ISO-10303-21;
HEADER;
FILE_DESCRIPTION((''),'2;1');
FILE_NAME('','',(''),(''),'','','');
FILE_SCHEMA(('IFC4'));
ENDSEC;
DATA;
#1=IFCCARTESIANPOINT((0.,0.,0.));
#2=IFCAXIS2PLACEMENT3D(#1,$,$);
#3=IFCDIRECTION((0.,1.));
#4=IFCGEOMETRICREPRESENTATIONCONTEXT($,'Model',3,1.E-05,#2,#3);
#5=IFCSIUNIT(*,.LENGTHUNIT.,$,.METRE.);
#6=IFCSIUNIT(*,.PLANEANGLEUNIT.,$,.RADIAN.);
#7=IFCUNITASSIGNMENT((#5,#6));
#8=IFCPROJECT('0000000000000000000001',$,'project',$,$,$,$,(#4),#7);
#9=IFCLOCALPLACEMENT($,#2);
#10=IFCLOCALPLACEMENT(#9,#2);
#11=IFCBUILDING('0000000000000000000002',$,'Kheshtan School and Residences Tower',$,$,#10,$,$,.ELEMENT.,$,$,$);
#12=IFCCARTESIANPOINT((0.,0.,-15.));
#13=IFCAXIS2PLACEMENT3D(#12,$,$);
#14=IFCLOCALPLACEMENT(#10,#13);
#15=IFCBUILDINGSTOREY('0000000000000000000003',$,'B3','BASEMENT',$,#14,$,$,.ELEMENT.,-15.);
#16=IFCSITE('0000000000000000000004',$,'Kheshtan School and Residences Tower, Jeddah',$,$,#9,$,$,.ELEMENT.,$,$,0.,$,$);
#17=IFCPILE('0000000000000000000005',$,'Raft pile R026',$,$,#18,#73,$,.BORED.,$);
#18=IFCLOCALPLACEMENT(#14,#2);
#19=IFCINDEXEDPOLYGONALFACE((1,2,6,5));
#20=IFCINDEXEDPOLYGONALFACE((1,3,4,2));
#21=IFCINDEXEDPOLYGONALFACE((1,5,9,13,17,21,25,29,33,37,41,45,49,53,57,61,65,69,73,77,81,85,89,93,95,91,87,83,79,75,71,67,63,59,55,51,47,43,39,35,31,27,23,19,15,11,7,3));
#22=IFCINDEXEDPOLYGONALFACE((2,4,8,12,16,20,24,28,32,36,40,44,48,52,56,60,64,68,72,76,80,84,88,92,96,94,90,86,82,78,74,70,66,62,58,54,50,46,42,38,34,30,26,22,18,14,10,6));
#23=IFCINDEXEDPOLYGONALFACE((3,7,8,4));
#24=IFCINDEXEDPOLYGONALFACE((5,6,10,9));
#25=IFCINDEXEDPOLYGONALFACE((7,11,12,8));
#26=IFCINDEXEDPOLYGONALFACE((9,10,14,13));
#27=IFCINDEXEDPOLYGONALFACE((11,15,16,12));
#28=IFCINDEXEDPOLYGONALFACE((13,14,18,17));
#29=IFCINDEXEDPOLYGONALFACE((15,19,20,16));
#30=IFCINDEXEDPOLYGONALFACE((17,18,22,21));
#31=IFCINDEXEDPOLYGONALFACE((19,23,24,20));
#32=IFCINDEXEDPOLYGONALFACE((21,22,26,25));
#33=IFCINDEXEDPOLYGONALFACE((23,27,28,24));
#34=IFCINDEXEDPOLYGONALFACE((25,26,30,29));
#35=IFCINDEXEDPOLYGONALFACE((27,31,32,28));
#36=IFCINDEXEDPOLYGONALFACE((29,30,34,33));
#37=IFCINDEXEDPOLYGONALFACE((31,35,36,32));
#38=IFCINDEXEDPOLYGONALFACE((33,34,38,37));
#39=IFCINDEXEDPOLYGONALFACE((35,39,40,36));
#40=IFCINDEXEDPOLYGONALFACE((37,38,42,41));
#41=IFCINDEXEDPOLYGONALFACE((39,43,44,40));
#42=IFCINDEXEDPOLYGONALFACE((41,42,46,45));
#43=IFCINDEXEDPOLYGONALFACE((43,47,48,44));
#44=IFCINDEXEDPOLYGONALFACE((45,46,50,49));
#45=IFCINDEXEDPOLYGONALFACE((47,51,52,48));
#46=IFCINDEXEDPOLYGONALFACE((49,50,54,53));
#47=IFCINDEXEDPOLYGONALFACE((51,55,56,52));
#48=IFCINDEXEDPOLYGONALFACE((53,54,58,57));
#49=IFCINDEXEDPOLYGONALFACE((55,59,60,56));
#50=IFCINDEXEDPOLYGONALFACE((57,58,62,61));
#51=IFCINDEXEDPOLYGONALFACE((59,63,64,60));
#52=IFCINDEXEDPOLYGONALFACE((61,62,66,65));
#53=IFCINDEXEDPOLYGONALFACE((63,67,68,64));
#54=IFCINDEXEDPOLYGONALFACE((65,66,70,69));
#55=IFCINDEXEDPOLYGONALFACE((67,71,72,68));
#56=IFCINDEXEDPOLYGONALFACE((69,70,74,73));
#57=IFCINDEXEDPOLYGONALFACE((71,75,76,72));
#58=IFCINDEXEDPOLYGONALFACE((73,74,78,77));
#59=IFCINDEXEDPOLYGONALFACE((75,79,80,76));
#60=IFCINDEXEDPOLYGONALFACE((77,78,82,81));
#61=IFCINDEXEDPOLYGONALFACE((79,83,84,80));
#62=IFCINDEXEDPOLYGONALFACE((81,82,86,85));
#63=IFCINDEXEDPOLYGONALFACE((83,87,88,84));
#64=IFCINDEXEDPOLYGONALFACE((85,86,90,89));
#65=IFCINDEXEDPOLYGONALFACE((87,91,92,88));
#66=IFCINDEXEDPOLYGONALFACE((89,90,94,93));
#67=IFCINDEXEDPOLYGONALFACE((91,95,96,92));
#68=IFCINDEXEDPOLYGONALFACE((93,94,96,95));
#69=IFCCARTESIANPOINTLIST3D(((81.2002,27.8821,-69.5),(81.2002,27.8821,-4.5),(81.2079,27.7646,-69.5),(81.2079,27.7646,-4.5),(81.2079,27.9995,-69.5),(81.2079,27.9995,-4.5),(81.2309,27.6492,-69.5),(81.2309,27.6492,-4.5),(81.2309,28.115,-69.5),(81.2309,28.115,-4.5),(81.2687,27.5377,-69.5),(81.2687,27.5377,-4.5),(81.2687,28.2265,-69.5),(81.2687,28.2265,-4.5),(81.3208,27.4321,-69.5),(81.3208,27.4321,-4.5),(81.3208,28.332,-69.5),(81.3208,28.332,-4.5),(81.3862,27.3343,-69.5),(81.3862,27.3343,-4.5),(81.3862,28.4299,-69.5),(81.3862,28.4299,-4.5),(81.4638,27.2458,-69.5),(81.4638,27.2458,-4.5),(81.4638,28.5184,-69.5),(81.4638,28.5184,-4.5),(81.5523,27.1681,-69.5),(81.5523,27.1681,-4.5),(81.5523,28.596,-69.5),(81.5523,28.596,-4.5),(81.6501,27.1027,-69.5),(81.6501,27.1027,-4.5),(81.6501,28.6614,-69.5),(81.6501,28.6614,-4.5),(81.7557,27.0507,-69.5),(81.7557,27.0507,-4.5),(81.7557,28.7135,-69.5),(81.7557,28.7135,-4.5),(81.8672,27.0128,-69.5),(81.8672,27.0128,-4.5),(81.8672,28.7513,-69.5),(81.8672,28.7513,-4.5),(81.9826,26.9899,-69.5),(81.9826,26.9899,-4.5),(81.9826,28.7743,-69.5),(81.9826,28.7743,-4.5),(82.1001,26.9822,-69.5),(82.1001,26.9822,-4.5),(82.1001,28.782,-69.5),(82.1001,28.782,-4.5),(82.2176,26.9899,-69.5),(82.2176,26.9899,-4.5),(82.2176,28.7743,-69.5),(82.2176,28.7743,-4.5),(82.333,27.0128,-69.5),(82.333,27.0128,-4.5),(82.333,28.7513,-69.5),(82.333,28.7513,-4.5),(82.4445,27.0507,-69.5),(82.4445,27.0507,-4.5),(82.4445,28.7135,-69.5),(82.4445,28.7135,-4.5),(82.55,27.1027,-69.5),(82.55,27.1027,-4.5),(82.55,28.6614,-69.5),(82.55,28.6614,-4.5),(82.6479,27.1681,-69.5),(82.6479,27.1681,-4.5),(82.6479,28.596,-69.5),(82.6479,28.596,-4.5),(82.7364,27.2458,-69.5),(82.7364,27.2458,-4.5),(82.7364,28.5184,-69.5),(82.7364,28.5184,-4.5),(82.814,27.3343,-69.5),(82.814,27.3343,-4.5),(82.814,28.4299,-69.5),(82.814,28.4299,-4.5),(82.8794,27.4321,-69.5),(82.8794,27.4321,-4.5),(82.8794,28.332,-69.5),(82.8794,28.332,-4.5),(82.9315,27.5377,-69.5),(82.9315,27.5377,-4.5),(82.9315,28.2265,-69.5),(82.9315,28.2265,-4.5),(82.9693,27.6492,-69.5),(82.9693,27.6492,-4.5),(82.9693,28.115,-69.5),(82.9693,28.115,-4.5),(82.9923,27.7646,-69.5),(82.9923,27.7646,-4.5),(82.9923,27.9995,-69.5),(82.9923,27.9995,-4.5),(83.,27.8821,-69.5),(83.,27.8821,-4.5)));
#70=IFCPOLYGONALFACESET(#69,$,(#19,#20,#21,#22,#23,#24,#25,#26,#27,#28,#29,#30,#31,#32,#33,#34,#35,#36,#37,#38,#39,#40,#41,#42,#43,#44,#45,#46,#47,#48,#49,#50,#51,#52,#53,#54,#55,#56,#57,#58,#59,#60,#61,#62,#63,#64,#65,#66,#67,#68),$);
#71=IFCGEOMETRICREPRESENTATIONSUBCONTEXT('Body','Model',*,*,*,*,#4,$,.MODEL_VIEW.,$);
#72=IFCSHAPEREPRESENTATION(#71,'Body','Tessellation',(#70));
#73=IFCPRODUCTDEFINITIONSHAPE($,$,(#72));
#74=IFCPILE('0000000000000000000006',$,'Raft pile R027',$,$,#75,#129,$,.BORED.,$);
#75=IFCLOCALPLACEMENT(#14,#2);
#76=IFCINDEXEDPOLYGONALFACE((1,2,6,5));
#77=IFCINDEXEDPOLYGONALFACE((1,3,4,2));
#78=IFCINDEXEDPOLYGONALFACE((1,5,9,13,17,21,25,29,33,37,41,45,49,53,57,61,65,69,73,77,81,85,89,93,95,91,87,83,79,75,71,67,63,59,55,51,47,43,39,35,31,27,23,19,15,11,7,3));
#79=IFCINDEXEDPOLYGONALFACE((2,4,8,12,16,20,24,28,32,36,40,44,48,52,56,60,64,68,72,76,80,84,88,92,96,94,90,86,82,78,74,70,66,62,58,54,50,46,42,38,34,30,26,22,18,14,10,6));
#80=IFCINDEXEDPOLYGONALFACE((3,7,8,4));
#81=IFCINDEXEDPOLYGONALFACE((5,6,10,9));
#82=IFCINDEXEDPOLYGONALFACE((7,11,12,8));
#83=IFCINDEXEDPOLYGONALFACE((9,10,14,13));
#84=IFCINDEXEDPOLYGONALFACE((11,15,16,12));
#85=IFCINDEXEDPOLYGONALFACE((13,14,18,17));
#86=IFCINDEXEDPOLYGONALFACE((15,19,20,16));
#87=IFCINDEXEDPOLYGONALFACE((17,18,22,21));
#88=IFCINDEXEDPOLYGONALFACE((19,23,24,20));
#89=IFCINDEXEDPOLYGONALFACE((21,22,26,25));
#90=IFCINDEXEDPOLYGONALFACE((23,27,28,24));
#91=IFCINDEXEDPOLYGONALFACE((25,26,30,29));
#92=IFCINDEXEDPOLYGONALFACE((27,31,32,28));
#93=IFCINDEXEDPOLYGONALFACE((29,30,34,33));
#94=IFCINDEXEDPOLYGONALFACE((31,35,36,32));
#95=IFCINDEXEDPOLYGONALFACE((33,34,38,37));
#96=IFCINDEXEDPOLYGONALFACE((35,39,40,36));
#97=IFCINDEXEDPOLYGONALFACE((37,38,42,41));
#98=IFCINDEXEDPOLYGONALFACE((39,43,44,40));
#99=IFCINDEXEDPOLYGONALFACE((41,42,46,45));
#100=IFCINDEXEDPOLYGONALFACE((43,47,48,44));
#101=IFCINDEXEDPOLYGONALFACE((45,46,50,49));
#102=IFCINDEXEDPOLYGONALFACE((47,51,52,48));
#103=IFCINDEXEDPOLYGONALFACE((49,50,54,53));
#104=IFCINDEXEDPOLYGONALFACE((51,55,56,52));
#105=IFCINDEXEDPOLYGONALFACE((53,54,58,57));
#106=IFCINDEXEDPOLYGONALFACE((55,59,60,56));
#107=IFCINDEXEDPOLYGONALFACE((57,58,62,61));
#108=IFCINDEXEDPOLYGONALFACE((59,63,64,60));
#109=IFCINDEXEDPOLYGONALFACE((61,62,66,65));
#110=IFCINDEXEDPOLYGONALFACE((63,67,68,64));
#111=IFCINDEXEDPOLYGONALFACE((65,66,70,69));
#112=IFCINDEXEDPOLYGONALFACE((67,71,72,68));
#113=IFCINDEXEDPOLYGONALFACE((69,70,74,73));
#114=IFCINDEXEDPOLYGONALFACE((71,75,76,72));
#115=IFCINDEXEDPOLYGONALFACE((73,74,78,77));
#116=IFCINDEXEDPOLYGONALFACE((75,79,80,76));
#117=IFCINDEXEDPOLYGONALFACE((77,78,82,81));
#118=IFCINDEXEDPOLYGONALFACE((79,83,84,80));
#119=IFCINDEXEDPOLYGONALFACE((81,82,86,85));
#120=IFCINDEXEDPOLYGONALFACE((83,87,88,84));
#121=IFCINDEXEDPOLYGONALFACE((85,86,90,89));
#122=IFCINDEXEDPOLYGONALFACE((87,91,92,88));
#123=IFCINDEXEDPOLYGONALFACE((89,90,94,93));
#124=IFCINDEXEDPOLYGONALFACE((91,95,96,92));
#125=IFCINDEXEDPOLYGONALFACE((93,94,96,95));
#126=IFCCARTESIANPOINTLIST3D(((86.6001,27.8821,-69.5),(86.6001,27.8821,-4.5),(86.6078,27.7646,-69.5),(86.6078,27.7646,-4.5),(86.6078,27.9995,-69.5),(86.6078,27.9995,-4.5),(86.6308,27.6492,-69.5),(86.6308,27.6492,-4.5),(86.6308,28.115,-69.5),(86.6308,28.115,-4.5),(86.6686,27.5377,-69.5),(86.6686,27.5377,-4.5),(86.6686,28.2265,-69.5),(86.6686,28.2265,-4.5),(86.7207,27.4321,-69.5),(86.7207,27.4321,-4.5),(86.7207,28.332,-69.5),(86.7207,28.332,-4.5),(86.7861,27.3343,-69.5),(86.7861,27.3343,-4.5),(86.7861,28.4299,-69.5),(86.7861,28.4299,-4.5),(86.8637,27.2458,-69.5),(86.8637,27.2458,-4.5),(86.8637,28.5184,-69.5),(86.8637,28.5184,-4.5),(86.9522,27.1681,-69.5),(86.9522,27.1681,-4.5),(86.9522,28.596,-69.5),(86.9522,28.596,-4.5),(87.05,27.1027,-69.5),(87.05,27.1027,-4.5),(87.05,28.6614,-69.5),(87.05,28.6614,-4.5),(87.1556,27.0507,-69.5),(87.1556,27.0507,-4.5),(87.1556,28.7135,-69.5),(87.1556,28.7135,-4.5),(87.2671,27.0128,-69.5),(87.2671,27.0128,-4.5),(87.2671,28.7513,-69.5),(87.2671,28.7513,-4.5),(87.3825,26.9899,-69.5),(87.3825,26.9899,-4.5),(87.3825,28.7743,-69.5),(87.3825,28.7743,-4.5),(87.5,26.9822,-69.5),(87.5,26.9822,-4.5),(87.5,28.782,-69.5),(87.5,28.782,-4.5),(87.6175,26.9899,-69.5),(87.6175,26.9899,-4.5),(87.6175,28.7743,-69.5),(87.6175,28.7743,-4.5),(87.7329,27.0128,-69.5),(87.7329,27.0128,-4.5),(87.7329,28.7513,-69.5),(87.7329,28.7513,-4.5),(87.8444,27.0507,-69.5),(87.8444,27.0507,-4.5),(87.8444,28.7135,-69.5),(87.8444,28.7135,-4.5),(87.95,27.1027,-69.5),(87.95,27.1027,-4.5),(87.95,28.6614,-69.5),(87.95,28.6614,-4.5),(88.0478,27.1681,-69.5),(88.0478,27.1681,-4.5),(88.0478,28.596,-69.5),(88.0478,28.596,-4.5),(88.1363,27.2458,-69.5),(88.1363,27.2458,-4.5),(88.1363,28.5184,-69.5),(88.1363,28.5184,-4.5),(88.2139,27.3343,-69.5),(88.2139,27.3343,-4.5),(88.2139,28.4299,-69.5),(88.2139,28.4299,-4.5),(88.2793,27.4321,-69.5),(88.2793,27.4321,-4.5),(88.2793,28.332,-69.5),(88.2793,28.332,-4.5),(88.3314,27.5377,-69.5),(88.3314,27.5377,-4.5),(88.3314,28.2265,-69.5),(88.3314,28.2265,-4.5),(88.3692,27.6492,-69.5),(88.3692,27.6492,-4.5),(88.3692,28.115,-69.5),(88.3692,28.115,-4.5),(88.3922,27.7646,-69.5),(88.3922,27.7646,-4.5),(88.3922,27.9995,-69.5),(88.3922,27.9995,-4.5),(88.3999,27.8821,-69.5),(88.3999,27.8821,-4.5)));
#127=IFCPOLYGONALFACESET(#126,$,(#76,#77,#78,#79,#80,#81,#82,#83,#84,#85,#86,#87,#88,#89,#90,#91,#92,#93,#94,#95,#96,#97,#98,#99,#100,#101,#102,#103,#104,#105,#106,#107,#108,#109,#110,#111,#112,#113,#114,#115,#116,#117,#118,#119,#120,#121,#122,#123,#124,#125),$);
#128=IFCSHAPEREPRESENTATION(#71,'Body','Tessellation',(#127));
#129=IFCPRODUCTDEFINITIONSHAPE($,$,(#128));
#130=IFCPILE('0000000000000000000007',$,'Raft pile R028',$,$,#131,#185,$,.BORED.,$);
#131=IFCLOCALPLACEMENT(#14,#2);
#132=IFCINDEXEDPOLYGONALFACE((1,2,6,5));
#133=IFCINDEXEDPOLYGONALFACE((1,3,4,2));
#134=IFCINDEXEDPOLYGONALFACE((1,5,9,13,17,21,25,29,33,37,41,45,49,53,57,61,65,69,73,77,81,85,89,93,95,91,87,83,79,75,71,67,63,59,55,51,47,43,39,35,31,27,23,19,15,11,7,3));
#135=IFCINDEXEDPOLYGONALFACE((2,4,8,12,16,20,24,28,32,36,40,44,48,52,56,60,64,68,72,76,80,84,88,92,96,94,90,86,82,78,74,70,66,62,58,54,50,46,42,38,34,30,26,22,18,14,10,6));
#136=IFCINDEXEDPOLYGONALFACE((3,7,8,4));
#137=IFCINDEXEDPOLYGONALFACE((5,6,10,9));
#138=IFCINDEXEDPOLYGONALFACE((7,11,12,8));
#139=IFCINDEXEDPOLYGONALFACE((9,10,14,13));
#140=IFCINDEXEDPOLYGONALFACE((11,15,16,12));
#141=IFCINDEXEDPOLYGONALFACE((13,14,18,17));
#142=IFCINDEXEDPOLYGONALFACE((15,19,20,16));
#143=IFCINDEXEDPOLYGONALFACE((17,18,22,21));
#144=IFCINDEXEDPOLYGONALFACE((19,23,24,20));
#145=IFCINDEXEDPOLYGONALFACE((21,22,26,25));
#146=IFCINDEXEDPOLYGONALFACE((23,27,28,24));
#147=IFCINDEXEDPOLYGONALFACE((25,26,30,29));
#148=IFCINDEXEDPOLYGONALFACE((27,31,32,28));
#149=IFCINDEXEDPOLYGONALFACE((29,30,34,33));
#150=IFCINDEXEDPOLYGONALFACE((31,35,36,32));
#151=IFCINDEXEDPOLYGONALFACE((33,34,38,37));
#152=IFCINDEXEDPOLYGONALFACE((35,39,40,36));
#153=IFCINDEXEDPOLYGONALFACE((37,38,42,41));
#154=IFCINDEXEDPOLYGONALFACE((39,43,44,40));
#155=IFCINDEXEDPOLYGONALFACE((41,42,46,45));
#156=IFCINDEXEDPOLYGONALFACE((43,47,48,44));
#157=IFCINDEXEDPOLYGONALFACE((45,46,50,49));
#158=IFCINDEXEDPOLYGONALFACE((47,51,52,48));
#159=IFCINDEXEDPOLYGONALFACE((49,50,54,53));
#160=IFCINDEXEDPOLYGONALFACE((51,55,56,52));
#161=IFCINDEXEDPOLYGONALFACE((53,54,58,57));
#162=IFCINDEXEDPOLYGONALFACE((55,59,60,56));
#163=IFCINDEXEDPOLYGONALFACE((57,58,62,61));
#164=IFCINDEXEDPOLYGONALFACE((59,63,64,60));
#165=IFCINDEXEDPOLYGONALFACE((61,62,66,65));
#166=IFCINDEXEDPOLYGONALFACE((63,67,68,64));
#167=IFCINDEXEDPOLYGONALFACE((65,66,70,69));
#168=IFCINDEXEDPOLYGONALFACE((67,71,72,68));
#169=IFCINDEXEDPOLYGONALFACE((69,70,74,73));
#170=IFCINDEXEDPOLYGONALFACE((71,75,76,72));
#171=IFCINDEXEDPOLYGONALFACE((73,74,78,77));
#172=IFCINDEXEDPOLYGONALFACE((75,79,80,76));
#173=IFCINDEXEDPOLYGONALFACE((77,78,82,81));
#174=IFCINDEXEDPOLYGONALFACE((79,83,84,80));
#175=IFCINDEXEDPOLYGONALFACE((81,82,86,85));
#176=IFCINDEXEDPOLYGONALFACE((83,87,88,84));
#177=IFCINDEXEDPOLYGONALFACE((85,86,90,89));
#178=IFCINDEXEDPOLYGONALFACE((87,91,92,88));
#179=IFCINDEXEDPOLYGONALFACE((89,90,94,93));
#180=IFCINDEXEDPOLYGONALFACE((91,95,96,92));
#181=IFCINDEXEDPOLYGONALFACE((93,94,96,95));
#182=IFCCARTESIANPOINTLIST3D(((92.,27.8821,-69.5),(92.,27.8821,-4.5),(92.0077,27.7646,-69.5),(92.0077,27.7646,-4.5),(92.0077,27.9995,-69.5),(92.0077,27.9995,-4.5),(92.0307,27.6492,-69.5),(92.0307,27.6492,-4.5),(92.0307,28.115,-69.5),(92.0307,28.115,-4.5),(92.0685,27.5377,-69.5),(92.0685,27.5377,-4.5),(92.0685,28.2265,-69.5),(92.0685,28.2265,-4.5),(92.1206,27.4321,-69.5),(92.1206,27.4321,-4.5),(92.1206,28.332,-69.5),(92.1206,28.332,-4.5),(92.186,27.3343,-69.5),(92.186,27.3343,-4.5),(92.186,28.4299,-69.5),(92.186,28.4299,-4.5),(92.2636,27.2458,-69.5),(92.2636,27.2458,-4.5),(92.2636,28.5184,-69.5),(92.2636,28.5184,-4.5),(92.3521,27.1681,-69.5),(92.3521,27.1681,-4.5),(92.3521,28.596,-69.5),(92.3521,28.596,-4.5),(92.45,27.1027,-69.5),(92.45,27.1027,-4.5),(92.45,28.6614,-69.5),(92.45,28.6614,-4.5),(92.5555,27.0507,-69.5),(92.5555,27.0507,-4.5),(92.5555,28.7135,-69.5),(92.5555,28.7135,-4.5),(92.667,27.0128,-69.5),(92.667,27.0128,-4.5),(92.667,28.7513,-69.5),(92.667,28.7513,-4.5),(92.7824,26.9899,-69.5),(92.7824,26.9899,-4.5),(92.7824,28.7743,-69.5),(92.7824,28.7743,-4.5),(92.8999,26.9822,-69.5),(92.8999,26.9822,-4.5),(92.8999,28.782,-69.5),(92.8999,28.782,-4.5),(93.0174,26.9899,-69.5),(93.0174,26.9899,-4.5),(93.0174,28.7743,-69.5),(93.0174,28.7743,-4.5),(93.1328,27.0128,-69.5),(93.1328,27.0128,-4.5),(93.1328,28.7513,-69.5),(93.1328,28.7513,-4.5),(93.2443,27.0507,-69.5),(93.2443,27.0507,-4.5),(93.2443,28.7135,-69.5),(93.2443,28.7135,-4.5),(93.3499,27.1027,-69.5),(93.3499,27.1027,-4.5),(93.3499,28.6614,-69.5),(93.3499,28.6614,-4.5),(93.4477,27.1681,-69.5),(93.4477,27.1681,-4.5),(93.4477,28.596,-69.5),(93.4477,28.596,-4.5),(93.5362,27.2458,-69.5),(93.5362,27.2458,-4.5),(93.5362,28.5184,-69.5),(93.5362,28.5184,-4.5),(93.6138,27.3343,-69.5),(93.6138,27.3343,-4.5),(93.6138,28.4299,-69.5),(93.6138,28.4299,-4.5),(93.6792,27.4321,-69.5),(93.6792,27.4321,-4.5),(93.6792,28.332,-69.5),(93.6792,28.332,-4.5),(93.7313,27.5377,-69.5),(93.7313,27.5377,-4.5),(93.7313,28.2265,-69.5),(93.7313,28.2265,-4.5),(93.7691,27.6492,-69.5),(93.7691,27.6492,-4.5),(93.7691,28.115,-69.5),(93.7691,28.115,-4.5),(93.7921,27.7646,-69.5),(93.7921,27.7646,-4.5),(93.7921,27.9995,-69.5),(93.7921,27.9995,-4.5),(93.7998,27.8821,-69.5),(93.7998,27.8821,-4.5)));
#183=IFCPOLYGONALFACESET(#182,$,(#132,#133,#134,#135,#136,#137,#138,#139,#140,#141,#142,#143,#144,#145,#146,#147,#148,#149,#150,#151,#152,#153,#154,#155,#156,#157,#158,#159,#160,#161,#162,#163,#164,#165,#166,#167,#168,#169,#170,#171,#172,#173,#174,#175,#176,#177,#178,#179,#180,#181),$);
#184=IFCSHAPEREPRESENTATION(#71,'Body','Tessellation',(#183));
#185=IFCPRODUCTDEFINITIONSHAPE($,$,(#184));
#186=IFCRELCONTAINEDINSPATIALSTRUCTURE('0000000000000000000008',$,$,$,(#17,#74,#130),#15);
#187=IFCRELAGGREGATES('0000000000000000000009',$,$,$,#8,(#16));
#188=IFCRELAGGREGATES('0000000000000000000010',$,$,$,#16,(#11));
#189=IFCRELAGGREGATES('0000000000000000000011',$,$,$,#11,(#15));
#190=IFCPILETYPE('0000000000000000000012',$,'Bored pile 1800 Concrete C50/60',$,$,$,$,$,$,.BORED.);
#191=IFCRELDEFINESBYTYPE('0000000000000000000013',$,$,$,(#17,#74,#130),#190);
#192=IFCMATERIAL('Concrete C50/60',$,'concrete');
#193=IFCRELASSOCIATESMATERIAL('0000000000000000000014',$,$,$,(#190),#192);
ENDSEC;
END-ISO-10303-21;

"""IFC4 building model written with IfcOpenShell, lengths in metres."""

from ifc_helpers import new_model, si_unit, direction, frame, origin, origin_2d, place, context, subcontext, project, spatial, circle, extrude, material, material_profile, profile_set, type_object, element, save


model = new_model("IFC4")

# Units and contexts
model_context = context("Model", 3, precision=1e-05, world=origin(), true_north=direction((0.0, 1.0)))
body_context = subcontext(model_context, "Body", "Model", "MODEL_VIEW")
ifc_project = project(units=[si_unit("LENGTHUNIT", "METRE"), si_unit("PLANEANGLEUNIT", "RADIAN")], contexts=[model_context])

# Site, building, storey
site_placement = place(None, origin())
site = spatial("IfcSite", under=ifc_project, at=site_placement, Name="Kheshtan School and Residences Tower, Jeddah", CompositionType="ELEMENT", RefElevation=0.0)
building_placement = place(site_placement, origin())
building = spatial("IfcBuilding", under=site, at=building_placement, Name="Kheshtan School and Residences Tower", CompositionType="ELEMENT")
storey_placement = place(building_placement, frame((0.0, 0.0, -15.0)))
storey = spatial("IfcBuildingStorey", under=building, at=storey_placement, Name="B3", Description="BASEMENT", CompositionType="ELEMENT", Elevation=-15.0)

# Piles
ifc_material_1 = material(Name="Concrete C50/60", Category="concrete")
ifc_material_profile_1 = material_profile(ifc_material_1, circle(Radius=0.8999, at=origin_2d()), Name="BP 1800")
ifc_profile_set_1 = profile_set([ifc_material_profile_1], Name="Concrete C50/60")
pile_type_1 = type_object("IfcPileType", Name="Bored pile 1800 Concrete C50/60", PredefinedType="BORED", material=ifc_profile_set_1)
for number, where, z_axis, x_axis, name in (
    (1, (82.1001, 27.8821, -4.5), (0.0, 0.0, -1.0), (1.0, 0.0, 0.0), "Raft pile R026"),
    (2, (87.5, 27.8821, -4.5), (0.0, 0.0, -1.0), (1.0, 0.0, 0.0), "Raft pile R027"),
    (3, (92.8999, 27.8821, -4.5), (0.0, 0.0, -1.0), (1.0, 0.0, 0.0), "Raft pile R028"),
):
    element("IfcPile", number, at=place(storey_placement, frame(where, z_axis=z_axis, x_axis=x_axis)), inside=storey, type_object=pile_type_1, Name=name, PredefinedType="BORED", context=body_context, shape_type="SweptSolid", body=[
        extrude(circle(Radius=0.8999, at=origin_2d()), origin(), (0.0, 0.0, 1.0), 65.0),
    ])

save(model, "model.ifc")
